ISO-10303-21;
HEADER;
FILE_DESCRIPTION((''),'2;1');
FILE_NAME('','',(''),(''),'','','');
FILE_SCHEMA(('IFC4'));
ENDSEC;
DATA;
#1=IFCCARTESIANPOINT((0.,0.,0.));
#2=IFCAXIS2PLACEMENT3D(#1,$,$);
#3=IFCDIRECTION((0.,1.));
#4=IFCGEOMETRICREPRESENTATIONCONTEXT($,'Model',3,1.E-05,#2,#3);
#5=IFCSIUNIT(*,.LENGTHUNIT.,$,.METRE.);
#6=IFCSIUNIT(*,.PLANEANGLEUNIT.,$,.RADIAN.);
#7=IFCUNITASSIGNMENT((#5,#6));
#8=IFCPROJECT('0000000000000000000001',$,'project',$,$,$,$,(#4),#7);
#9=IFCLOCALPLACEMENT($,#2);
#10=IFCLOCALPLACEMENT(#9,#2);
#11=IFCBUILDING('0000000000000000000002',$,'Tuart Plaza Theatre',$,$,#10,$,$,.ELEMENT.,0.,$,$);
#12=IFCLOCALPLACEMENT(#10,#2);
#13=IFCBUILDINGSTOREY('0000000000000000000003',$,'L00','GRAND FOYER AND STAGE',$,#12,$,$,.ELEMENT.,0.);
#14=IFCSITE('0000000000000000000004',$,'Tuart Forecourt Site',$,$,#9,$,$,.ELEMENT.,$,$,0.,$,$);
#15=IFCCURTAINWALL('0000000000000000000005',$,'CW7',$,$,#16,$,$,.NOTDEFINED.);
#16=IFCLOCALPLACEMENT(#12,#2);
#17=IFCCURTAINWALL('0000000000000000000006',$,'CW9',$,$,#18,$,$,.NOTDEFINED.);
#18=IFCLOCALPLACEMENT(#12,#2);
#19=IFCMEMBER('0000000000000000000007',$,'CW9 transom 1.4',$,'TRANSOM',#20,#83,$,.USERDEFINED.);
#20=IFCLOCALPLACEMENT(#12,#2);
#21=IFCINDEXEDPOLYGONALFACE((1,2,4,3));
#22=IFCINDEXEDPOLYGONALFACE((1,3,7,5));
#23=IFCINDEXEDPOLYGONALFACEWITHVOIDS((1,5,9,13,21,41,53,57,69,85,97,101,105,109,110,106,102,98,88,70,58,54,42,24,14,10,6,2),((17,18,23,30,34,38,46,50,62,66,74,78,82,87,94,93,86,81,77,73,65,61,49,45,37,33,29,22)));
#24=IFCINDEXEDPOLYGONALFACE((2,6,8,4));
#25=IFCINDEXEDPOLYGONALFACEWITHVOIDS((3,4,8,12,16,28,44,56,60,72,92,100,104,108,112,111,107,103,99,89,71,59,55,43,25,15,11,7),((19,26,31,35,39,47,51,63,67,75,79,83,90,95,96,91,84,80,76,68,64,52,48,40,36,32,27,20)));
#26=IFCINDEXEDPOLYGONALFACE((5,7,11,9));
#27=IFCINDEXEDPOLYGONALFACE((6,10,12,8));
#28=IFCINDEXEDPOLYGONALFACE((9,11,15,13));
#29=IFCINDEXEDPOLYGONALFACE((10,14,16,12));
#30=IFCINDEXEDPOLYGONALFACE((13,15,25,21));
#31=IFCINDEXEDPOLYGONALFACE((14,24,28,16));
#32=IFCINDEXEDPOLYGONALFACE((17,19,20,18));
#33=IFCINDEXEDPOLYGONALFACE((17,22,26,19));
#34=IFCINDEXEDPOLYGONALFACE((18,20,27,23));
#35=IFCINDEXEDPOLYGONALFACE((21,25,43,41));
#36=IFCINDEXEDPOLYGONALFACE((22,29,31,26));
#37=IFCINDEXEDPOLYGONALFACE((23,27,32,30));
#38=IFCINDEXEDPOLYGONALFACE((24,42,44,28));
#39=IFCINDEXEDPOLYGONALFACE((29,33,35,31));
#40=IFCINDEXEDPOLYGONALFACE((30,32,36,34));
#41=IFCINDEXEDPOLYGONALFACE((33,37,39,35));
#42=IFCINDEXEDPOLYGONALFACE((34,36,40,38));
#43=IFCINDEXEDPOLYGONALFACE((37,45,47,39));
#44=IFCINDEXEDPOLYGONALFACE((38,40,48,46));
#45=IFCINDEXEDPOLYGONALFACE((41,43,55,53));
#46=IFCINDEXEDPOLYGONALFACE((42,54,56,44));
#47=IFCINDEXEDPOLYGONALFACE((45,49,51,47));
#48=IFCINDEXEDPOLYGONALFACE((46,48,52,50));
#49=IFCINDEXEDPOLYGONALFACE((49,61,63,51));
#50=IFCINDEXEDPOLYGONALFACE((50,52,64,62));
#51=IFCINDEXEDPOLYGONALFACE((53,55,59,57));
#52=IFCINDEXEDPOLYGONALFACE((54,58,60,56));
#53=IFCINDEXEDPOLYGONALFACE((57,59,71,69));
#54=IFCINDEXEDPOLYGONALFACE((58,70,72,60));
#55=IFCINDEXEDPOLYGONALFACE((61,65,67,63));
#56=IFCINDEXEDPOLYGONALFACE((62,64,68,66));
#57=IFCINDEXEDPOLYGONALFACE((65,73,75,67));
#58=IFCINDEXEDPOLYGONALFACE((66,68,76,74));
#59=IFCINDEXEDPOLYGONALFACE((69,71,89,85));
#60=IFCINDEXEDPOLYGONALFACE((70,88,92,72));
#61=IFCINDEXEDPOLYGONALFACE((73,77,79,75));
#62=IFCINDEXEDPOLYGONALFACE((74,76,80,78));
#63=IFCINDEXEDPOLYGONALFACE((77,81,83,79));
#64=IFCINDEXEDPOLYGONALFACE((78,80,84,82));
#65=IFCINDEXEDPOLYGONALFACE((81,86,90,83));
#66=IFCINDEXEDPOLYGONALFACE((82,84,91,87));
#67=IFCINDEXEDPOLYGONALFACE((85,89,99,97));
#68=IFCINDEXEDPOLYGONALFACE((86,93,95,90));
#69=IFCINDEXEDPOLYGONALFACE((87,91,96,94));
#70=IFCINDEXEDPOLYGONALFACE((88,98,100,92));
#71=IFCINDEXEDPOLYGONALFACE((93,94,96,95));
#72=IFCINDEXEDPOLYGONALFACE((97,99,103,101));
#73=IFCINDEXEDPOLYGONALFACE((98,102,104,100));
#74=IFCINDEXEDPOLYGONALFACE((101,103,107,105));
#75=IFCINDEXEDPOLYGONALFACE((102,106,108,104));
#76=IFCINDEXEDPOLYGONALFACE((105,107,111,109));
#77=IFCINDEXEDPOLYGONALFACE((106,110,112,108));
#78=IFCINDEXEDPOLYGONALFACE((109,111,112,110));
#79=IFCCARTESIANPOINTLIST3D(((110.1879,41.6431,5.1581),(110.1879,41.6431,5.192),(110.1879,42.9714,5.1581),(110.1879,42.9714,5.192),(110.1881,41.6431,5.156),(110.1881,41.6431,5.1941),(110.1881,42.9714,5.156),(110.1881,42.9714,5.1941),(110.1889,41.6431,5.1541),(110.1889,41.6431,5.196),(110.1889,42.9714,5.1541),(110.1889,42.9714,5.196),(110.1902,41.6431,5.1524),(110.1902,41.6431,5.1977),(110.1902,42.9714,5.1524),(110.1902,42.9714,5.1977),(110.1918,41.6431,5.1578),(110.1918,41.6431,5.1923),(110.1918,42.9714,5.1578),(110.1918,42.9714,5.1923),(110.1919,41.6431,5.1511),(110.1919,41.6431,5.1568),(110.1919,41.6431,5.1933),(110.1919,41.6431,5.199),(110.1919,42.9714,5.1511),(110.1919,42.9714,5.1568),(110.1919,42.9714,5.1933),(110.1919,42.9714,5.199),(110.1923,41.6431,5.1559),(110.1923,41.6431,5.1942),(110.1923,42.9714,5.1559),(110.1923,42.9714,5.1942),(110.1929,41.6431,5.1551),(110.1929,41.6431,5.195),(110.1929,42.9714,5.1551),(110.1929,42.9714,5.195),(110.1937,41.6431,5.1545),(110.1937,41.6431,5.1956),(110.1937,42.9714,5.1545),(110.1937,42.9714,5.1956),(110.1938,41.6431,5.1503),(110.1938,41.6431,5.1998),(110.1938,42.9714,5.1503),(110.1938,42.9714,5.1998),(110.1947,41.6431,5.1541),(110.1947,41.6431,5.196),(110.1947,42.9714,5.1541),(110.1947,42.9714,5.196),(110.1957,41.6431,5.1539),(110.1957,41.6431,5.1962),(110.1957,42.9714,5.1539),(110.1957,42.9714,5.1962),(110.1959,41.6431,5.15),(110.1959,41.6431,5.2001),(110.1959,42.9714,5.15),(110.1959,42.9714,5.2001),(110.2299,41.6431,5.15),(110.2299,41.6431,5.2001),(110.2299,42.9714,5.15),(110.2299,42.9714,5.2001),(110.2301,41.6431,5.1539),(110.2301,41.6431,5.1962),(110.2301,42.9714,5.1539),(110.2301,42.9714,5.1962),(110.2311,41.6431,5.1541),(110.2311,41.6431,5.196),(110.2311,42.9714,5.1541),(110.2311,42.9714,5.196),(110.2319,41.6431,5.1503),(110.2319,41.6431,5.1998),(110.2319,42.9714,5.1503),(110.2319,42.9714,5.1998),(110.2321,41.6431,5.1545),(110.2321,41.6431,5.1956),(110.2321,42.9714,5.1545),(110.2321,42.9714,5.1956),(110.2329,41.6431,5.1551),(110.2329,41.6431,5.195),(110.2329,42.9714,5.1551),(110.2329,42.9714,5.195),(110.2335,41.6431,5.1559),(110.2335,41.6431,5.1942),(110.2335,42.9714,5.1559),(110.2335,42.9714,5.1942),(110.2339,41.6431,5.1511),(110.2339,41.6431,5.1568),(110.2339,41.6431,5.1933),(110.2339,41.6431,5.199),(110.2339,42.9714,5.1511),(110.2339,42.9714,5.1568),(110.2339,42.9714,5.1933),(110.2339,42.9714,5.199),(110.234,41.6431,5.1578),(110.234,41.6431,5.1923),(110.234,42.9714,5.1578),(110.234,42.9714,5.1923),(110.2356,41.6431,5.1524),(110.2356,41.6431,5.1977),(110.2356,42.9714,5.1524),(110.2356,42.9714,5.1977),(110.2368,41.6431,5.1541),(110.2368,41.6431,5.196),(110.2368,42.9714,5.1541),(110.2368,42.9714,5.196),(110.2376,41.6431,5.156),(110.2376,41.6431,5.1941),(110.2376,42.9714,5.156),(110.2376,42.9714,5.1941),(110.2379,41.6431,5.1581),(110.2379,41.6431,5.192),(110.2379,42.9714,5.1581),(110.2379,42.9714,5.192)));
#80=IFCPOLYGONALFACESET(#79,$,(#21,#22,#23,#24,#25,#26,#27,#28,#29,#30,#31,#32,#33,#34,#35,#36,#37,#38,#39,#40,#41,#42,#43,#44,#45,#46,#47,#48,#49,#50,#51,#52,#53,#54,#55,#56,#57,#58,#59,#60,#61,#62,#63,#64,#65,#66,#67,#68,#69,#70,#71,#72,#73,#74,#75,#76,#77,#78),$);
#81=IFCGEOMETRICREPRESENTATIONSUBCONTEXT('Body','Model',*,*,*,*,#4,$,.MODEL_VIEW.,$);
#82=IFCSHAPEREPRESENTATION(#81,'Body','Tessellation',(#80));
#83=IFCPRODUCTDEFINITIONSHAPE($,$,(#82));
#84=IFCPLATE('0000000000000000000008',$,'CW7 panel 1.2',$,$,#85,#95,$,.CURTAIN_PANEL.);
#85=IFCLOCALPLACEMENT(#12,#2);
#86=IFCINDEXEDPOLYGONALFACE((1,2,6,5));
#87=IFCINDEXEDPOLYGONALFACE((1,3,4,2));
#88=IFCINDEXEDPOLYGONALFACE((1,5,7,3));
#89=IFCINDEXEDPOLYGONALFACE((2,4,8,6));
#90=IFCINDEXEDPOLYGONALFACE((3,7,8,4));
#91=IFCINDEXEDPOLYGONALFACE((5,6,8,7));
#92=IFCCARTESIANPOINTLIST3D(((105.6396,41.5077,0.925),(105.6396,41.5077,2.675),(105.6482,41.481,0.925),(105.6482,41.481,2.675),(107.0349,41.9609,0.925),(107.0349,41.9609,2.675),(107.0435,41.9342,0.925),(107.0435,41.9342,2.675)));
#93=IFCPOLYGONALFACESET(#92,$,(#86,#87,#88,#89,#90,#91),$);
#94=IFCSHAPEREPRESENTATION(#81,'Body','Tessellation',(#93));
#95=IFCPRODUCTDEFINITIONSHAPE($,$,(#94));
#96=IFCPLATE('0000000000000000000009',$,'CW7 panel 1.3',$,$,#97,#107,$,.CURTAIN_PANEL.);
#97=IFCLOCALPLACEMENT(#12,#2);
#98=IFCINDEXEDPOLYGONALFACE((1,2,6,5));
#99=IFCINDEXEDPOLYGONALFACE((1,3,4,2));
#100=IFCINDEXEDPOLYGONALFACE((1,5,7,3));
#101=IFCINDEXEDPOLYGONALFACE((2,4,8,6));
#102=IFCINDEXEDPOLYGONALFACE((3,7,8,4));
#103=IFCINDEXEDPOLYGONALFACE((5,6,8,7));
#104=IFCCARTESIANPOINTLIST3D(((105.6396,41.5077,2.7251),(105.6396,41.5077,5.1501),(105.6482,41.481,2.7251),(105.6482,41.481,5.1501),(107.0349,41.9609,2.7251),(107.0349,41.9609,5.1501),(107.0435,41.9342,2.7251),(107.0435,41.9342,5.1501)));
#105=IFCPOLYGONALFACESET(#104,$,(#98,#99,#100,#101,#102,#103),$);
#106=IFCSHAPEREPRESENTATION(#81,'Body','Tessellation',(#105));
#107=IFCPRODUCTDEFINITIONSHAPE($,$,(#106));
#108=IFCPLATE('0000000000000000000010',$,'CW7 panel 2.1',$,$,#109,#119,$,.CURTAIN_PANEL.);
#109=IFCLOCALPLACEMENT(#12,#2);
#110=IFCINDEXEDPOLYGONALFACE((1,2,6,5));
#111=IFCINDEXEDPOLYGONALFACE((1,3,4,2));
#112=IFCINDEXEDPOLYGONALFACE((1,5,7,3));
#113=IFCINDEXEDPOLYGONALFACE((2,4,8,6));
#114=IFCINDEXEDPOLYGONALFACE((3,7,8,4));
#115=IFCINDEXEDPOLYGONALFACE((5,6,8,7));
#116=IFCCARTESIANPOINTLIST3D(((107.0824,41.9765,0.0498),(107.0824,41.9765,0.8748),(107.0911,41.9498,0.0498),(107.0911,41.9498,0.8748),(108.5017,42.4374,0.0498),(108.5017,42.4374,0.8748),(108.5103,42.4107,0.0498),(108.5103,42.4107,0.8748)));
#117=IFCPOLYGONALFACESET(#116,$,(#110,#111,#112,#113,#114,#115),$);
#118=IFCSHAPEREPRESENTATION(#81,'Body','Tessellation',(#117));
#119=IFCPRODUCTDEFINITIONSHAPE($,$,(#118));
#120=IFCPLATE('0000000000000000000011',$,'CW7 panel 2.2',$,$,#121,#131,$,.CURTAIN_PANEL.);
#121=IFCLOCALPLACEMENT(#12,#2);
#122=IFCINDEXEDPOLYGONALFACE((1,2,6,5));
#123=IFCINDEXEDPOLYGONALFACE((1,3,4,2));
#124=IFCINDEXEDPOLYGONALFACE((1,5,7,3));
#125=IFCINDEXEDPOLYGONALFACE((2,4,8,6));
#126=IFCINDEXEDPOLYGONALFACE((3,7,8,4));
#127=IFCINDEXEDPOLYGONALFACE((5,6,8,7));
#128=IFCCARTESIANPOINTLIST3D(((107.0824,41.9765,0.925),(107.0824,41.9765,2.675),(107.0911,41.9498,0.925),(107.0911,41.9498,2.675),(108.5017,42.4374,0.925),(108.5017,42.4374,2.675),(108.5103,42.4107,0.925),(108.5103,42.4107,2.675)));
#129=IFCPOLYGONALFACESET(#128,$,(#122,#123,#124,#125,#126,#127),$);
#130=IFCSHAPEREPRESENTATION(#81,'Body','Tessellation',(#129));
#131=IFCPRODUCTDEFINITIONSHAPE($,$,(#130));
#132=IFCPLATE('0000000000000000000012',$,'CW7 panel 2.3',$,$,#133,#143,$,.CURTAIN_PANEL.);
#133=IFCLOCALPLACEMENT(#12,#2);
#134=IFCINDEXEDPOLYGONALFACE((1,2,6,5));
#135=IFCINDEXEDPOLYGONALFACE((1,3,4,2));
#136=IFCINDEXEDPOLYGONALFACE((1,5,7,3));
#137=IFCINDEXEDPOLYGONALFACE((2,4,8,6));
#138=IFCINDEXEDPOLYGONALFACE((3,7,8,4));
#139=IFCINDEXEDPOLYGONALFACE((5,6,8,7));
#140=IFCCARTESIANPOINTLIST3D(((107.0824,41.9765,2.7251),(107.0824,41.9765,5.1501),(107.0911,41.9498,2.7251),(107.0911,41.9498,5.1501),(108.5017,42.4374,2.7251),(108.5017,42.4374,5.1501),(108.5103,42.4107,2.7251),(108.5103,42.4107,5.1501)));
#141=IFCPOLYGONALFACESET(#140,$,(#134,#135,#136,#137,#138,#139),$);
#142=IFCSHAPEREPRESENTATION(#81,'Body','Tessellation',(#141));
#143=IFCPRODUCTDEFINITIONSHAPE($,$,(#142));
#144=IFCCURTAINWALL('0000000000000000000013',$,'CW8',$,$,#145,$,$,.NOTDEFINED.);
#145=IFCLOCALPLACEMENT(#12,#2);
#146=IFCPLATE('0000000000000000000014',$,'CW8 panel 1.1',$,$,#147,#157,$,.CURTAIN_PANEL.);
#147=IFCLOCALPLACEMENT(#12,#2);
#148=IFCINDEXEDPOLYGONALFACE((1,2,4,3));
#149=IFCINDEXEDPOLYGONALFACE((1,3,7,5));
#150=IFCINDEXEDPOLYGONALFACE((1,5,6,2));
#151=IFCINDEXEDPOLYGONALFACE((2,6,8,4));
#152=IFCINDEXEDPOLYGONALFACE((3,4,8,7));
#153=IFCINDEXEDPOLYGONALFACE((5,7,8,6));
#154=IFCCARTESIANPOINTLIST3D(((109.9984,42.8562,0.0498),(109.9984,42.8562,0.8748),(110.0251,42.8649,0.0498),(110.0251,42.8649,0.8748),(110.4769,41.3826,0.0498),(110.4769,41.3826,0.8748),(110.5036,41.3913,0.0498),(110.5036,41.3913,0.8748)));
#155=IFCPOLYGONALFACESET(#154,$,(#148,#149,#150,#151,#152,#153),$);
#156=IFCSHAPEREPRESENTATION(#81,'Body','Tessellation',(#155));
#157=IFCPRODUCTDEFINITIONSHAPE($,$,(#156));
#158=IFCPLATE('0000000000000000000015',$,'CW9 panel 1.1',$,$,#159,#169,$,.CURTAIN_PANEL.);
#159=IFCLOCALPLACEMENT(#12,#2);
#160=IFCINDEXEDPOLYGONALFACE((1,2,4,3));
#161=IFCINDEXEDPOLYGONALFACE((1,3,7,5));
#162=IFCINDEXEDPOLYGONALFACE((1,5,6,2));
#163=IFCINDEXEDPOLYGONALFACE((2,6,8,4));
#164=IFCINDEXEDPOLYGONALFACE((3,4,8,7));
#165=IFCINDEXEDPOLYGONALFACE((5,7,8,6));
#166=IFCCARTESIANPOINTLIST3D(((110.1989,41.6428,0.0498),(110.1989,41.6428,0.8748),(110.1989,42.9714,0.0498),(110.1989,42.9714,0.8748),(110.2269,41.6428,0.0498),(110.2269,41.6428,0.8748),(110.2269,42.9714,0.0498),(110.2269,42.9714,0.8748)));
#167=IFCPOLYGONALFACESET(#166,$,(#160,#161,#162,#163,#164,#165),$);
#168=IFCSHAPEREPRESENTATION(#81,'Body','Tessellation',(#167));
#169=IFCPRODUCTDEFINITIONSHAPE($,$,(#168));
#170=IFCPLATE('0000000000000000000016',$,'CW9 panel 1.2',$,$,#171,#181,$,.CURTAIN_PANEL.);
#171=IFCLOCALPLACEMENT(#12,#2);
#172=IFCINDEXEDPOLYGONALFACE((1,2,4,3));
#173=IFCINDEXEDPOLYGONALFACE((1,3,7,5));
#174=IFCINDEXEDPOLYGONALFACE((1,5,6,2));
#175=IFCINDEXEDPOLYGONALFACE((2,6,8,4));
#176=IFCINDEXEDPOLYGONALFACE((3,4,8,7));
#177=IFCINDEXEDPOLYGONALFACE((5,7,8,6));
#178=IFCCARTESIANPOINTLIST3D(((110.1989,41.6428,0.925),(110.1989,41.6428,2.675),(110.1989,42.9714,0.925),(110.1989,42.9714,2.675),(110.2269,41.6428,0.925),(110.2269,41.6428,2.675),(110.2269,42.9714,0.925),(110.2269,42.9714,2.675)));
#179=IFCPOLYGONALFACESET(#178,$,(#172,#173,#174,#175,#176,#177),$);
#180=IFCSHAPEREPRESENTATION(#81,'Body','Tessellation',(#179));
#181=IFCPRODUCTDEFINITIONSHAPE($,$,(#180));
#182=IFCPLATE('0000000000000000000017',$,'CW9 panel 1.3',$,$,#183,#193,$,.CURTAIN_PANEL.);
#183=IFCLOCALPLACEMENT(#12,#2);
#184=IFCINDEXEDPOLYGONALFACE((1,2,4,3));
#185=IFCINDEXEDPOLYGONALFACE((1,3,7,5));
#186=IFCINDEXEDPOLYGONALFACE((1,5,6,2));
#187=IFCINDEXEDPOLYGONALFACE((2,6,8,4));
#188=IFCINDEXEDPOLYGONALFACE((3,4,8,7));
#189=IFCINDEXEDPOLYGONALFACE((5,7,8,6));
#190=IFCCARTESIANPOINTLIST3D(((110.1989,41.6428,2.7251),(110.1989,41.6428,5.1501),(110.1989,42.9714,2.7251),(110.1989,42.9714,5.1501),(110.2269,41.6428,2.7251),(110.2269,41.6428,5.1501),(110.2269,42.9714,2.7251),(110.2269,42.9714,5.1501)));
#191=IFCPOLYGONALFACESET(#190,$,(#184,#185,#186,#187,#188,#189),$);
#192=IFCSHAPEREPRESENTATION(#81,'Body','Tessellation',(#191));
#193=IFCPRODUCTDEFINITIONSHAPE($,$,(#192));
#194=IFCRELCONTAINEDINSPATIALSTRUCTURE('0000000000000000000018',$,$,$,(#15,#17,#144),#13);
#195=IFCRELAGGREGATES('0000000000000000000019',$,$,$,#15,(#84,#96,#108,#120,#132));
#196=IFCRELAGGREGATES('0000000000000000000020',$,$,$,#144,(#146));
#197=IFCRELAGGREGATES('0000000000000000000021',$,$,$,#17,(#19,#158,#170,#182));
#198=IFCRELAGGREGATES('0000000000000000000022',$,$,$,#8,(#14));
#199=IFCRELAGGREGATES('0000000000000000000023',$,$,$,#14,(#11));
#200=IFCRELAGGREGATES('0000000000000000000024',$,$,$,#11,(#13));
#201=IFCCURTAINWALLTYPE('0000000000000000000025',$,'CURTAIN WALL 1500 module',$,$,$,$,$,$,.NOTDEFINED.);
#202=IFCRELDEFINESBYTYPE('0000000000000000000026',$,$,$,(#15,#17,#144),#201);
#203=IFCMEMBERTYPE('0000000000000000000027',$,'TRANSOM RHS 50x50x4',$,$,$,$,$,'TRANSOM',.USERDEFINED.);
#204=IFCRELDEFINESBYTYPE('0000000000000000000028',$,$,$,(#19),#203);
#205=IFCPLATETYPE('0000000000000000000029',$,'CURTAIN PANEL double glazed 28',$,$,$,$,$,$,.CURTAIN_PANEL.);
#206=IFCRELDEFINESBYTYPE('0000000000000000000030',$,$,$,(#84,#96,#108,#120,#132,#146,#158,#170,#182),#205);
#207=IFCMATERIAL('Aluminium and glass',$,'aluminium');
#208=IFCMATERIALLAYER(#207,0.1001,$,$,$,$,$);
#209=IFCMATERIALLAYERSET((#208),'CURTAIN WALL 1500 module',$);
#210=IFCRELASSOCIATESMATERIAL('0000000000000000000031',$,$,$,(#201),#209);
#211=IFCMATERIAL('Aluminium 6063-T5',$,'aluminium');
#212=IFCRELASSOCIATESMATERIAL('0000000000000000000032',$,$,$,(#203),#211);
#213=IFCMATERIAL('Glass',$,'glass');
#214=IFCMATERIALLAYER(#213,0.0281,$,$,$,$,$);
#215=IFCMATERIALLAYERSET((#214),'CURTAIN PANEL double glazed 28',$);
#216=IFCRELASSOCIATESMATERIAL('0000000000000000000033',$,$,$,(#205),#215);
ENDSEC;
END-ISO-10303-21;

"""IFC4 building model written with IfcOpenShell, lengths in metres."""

from ifc_helpers import new_model, si_unit, direction, frame, origin, origin_2d, place, context, subcontext, project, spatial, rectangle, hollow_rectangle, extrude, material, layer, layer_set, material_profile, profile_set, type_object, element, aggregate, save


model = new_model("IFC4")

# Units and contexts
model_context = context("Model", 3, precision=1e-05, world=origin(), true_north=direction((0.0, 1.0)))
body_context = subcontext(model_context, "Body", "Model", "MODEL_VIEW")
ifc_project = project(units=[si_unit("LENGTHUNIT", "METRE"), si_unit("PLANEANGLEUNIT", "RADIAN")], contexts=[model_context])

# Site, building, storey
site_placement = place(None, origin())
site = spatial("IfcSite", under=ifc_project, at=site_placement, Name="Tuart Forecourt Site", CompositionType="ELEMENT", RefElevation=0.0)
building_placement = place(site_placement, origin())
building = spatial("IfcBuilding", under=site, at=building_placement, Name="Tuart Plaza Theatre", CompositionType="ELEMENT", ElevationOfRefHeight=0.0)
storey_placement = place(building_placement, origin())
storey = spatial("IfcBuildingStorey", under=building, at=storey_placement, Name="L00", Description="GRAND FOYER AND STAGE", CompositionType="ELEMENT", Elevation=0.0)

# Curtain wall
ifc_material_1 = material(Name="Aluminium and glass", Category="aluminium")
ifc_layer_1 = layer(ifc_material_1, 0.1001)
ifc_layer_set_1 = layer_set([ifc_layer_1], Name="CURTAIN WALL 1500 module")
curtain_wall_type = type_object("IfcCurtainWallType", Name="CURTAIN WALL 1500 module", PredefinedType="NOTDEFINED", material=ifc_layer_set_1)
curtain_wall_1_placement = place(storey_placement, origin())
curtain_wall_1 = element("IfcCurtainWall", 1, at=curtain_wall_1_placement, inside=storey, type_object=curtain_wall_type, Name="CW7", PredefinedType="NOTDEFINED")

# Curtain wall
curtain_wall_2_placement = place(storey_placement, origin())
curtain_wall_2 = element("IfcCurtainWall", 2, at=curtain_wall_2_placement, inside=storey, type_object=curtain_wall_type, Name="CW9", PredefinedType="NOTDEFINED")

# Member
ifc_material_2 = material(Name="Aluminium 6063-T5", Category="aluminium")
ifc_material_profile_1 = material_profile(ifc_material_2, hollow_rectangle(XDim=0.05, YDim=0.05, WallThickness=0.0039, InnerFilletRadius=0.0039, OuterFilletRadius=0.0081, at=origin_2d()), Name="RHS 50x50x4")
ifc_profile_set_1 = profile_set([ifc_material_profile_1], Name="Aluminium 6063-T5")
member_type_1 = type_object("IfcMemberType", Name="TRANSOM RHS 50x50x4", ElementType="TRANSOM", PredefinedType="USERDEFINED", material=ifc_profile_set_1)
member_1_placement = place(storey_placement, frame((110.2129, 41.6431, 5.175), z_axis=(0.0, 1.0, 0.0), x_axis=(-1.0, 0.0, 0.0)))
member_1 = element("IfcMember", 3, at=member_1_placement, type_object=member_type_1, Name="CW9 transom 1.4", ObjectType="TRANSOM", PredefinedType="USERDEFINED", context=body_context, shape_type="SweptSolid", body=[
    extrude(hollow_rectangle(XDim=0.05, YDim=0.05, WallThickness=0.0039, InnerFilletRadius=0.0039, OuterFilletRadius=0.0081, at=origin_2d()), origin(), (0.0, 0.0, 1.0), 1.3284),
])

# Plates
ifc_material_3 = material(Name="Glass", Category="glass")
ifc_layer_2 = layer(ifc_material_3, 0.0281)
ifc_layer_set_2 = layer_set([ifc_layer_2], Name="CURTAIN PANEL double glazed 28")
plate_type = type_object("IfcPlateType", Name="CURTAIN PANEL double glazed 28", PredefinedType="CURTAIN_PANEL", material=ifc_layer_set_2)
plate_1_placement = place(storey_placement, frame((106.3416, 41.7209, 0.925), z_axis=(0.0, 0.0, 1.0), x_axis=(0.951099, 0.308885, 0.0)))
plate_1 = element("IfcPlate", 4, at=plate_1_placement, type_object=plate_type, Name="CW7 panel 1.2", PredefinedType="CURTAIN_PANEL", context=body_context, shape_type="SweptSolid", body=[
    extrude(rectangle(XDim=1.467, YDim=0.0281, at=origin_2d()), origin(), (0.0, 0.0, 1.0), 1.75),
])
plate_2_placement = place(storey_placement, frame((106.3416, 41.7209, 2.7251), z_axis=(0.0, 0.0, 1.0), x_axis=(0.951099, 0.308885, 0.0)))
plate_2 = element("IfcPlate", 5, at=plate_2_placement, type_object=plate_type, Name="CW7 panel 1.3", PredefinedType="CURTAIN_PANEL", context=body_context, shape_type="SweptSolid", body=[
    extrude(rectangle(XDim=1.467, YDim=0.0281, at=origin_2d()), origin(), (0.0, 0.0, 1.0), 2.425),
])
plate_3_placement = place(storey_placement, frame((107.7964, 42.1936, 0.0498), z_axis=(0.0, 0.0, 1.0), x_axis=(0.951099, 0.308885, 0.0)))
plate_3 = element("IfcPlate", 6, at=plate_3_placement, type_object=plate_type, Name="CW7 panel 2.1", PredefinedType="CURTAIN_PANEL", context=body_context, shape_type="SweptSolid", body=[
    extrude(rectangle(XDim=1.4922, YDim=0.0281, at=origin_2d()), origin(), (0.0, 0.0, 1.0), 0.825),
])
plate_4_placement = place(storey_placement, frame((107.7964, 42.1936, 0.925), z_axis=(0.0, 0.0, 1.0), x_axis=(0.951099, 0.308885, 0.0)))
plate_4 = element("IfcPlate", 7, at=plate_4_placement, type_object=plate_type, Name="CW7 panel 2.2", PredefinedType="CURTAIN_PANEL", context=body_context, shape_type="SweptSolid", body=[
    extrude(rectangle(XDim=1.4922, YDim=0.0281, at=origin_2d()), origin(), (0.0, 0.0, 1.0), 1.75),
])
plate_5_placement = place(storey_placement, frame((107.7964, 42.1936, 2.7251), z_axis=(0.0, 0.0, 1.0), x_axis=(0.951099, 0.308885, 0.0)))
plate_5 = element("IfcPlate", 8, at=plate_5_placement, type_object=plate_type, Name="CW7 panel 2.3", PredefinedType="CURTAIN_PANEL", context=body_context, shape_type="SweptSolid", body=[
    extrude(rectangle(XDim=1.4922, YDim=0.0281, at=origin_2d()), origin(), (0.0, 0.0, 1.0), 2.425),
])
aggregate(curtain_wall_1, [plate_1, plate_2, plate_3, plate_4, plate_5])

# Curtain wall, plate
curtain_wall_3_placement = place(storey_placement, origin())
curtain_wall_3 = element("IfcCurtainWall", 9, at=curtain_wall_3_placement, inside=storey, type_object=curtain_wall_type, Name="CW8", PredefinedType="NOTDEFINED")
plate_6_placement = place(storey_placement, frame((110.251, 42.1238, 0.0498), z_axis=(0.0, 0.0, 1.0), x_axis=(0.308815, -0.951122, 0.0)))
plate_6 = element("IfcPlate", 10, at=plate_6_placement, type_object=plate_type, Name="CW8 panel 1.1", PredefinedType="CURTAIN_PANEL", context=body_context, shape_type="SweptSolid", body=[
    extrude(rectangle(XDim=1.5493, YDim=0.0281, at=origin_2d()), origin(), (0.0, 0.0, 1.0), 0.825),
])
aggregate(curtain_wall_3, [plate_6])

# Plates
plate_7_placement = place(storey_placement, frame((110.2129, 42.3071, 0.0498), z_axis=(0.0, 0.0, 1.0), x_axis=(0.0, 1.0, 0.0)))
plate_7 = element("IfcPlate", 11, at=plate_7_placement, type_object=plate_type, Name="CW9 panel 1.1", PredefinedType="CURTAIN_PANEL", context=body_context, shape_type="SweptSolid", body=[
    extrude(rectangle(XDim=1.3286, YDim=0.0281, at=origin_2d()), origin(), (0.0, 0.0, 1.0), 0.825),
])
plate_8_placement = place(storey_placement, frame((110.2129, 42.3071, 0.925), z_axis=(0.0, 0.0, 1.0), x_axis=(0.0, 1.0, 0.0)))
plate_8 = element("IfcPlate", 12, at=plate_8_placement, type_object=plate_type, Name="CW9 panel 1.2", PredefinedType="CURTAIN_PANEL", context=body_context, shape_type="SweptSolid", body=[
    extrude(rectangle(XDim=1.3286, YDim=0.0281, at=origin_2d()), origin(), (0.0, 0.0, 1.0), 1.75),
])
plate_9_placement = place(storey_placement, frame((110.2129, 42.3071, 2.7251), z_axis=(0.0, 0.0, 1.0), x_axis=(0.0, 1.0, 0.0)))
plate_9 = element("IfcPlate", 13, at=plate_9_placement, type_object=plate_type, Name="CW9 panel 1.3", PredefinedType="CURTAIN_PANEL", context=body_context, shape_type="SweptSolid", body=[
    extrude(rectangle(XDim=1.3286, YDim=0.0281, at=origin_2d()), origin(), (0.0, 0.0, 1.0), 2.425),
])
aggregate(curtain_wall_2, [member_1, plate_7, plate_8, plate_9])

save(model, "model.ifc")
